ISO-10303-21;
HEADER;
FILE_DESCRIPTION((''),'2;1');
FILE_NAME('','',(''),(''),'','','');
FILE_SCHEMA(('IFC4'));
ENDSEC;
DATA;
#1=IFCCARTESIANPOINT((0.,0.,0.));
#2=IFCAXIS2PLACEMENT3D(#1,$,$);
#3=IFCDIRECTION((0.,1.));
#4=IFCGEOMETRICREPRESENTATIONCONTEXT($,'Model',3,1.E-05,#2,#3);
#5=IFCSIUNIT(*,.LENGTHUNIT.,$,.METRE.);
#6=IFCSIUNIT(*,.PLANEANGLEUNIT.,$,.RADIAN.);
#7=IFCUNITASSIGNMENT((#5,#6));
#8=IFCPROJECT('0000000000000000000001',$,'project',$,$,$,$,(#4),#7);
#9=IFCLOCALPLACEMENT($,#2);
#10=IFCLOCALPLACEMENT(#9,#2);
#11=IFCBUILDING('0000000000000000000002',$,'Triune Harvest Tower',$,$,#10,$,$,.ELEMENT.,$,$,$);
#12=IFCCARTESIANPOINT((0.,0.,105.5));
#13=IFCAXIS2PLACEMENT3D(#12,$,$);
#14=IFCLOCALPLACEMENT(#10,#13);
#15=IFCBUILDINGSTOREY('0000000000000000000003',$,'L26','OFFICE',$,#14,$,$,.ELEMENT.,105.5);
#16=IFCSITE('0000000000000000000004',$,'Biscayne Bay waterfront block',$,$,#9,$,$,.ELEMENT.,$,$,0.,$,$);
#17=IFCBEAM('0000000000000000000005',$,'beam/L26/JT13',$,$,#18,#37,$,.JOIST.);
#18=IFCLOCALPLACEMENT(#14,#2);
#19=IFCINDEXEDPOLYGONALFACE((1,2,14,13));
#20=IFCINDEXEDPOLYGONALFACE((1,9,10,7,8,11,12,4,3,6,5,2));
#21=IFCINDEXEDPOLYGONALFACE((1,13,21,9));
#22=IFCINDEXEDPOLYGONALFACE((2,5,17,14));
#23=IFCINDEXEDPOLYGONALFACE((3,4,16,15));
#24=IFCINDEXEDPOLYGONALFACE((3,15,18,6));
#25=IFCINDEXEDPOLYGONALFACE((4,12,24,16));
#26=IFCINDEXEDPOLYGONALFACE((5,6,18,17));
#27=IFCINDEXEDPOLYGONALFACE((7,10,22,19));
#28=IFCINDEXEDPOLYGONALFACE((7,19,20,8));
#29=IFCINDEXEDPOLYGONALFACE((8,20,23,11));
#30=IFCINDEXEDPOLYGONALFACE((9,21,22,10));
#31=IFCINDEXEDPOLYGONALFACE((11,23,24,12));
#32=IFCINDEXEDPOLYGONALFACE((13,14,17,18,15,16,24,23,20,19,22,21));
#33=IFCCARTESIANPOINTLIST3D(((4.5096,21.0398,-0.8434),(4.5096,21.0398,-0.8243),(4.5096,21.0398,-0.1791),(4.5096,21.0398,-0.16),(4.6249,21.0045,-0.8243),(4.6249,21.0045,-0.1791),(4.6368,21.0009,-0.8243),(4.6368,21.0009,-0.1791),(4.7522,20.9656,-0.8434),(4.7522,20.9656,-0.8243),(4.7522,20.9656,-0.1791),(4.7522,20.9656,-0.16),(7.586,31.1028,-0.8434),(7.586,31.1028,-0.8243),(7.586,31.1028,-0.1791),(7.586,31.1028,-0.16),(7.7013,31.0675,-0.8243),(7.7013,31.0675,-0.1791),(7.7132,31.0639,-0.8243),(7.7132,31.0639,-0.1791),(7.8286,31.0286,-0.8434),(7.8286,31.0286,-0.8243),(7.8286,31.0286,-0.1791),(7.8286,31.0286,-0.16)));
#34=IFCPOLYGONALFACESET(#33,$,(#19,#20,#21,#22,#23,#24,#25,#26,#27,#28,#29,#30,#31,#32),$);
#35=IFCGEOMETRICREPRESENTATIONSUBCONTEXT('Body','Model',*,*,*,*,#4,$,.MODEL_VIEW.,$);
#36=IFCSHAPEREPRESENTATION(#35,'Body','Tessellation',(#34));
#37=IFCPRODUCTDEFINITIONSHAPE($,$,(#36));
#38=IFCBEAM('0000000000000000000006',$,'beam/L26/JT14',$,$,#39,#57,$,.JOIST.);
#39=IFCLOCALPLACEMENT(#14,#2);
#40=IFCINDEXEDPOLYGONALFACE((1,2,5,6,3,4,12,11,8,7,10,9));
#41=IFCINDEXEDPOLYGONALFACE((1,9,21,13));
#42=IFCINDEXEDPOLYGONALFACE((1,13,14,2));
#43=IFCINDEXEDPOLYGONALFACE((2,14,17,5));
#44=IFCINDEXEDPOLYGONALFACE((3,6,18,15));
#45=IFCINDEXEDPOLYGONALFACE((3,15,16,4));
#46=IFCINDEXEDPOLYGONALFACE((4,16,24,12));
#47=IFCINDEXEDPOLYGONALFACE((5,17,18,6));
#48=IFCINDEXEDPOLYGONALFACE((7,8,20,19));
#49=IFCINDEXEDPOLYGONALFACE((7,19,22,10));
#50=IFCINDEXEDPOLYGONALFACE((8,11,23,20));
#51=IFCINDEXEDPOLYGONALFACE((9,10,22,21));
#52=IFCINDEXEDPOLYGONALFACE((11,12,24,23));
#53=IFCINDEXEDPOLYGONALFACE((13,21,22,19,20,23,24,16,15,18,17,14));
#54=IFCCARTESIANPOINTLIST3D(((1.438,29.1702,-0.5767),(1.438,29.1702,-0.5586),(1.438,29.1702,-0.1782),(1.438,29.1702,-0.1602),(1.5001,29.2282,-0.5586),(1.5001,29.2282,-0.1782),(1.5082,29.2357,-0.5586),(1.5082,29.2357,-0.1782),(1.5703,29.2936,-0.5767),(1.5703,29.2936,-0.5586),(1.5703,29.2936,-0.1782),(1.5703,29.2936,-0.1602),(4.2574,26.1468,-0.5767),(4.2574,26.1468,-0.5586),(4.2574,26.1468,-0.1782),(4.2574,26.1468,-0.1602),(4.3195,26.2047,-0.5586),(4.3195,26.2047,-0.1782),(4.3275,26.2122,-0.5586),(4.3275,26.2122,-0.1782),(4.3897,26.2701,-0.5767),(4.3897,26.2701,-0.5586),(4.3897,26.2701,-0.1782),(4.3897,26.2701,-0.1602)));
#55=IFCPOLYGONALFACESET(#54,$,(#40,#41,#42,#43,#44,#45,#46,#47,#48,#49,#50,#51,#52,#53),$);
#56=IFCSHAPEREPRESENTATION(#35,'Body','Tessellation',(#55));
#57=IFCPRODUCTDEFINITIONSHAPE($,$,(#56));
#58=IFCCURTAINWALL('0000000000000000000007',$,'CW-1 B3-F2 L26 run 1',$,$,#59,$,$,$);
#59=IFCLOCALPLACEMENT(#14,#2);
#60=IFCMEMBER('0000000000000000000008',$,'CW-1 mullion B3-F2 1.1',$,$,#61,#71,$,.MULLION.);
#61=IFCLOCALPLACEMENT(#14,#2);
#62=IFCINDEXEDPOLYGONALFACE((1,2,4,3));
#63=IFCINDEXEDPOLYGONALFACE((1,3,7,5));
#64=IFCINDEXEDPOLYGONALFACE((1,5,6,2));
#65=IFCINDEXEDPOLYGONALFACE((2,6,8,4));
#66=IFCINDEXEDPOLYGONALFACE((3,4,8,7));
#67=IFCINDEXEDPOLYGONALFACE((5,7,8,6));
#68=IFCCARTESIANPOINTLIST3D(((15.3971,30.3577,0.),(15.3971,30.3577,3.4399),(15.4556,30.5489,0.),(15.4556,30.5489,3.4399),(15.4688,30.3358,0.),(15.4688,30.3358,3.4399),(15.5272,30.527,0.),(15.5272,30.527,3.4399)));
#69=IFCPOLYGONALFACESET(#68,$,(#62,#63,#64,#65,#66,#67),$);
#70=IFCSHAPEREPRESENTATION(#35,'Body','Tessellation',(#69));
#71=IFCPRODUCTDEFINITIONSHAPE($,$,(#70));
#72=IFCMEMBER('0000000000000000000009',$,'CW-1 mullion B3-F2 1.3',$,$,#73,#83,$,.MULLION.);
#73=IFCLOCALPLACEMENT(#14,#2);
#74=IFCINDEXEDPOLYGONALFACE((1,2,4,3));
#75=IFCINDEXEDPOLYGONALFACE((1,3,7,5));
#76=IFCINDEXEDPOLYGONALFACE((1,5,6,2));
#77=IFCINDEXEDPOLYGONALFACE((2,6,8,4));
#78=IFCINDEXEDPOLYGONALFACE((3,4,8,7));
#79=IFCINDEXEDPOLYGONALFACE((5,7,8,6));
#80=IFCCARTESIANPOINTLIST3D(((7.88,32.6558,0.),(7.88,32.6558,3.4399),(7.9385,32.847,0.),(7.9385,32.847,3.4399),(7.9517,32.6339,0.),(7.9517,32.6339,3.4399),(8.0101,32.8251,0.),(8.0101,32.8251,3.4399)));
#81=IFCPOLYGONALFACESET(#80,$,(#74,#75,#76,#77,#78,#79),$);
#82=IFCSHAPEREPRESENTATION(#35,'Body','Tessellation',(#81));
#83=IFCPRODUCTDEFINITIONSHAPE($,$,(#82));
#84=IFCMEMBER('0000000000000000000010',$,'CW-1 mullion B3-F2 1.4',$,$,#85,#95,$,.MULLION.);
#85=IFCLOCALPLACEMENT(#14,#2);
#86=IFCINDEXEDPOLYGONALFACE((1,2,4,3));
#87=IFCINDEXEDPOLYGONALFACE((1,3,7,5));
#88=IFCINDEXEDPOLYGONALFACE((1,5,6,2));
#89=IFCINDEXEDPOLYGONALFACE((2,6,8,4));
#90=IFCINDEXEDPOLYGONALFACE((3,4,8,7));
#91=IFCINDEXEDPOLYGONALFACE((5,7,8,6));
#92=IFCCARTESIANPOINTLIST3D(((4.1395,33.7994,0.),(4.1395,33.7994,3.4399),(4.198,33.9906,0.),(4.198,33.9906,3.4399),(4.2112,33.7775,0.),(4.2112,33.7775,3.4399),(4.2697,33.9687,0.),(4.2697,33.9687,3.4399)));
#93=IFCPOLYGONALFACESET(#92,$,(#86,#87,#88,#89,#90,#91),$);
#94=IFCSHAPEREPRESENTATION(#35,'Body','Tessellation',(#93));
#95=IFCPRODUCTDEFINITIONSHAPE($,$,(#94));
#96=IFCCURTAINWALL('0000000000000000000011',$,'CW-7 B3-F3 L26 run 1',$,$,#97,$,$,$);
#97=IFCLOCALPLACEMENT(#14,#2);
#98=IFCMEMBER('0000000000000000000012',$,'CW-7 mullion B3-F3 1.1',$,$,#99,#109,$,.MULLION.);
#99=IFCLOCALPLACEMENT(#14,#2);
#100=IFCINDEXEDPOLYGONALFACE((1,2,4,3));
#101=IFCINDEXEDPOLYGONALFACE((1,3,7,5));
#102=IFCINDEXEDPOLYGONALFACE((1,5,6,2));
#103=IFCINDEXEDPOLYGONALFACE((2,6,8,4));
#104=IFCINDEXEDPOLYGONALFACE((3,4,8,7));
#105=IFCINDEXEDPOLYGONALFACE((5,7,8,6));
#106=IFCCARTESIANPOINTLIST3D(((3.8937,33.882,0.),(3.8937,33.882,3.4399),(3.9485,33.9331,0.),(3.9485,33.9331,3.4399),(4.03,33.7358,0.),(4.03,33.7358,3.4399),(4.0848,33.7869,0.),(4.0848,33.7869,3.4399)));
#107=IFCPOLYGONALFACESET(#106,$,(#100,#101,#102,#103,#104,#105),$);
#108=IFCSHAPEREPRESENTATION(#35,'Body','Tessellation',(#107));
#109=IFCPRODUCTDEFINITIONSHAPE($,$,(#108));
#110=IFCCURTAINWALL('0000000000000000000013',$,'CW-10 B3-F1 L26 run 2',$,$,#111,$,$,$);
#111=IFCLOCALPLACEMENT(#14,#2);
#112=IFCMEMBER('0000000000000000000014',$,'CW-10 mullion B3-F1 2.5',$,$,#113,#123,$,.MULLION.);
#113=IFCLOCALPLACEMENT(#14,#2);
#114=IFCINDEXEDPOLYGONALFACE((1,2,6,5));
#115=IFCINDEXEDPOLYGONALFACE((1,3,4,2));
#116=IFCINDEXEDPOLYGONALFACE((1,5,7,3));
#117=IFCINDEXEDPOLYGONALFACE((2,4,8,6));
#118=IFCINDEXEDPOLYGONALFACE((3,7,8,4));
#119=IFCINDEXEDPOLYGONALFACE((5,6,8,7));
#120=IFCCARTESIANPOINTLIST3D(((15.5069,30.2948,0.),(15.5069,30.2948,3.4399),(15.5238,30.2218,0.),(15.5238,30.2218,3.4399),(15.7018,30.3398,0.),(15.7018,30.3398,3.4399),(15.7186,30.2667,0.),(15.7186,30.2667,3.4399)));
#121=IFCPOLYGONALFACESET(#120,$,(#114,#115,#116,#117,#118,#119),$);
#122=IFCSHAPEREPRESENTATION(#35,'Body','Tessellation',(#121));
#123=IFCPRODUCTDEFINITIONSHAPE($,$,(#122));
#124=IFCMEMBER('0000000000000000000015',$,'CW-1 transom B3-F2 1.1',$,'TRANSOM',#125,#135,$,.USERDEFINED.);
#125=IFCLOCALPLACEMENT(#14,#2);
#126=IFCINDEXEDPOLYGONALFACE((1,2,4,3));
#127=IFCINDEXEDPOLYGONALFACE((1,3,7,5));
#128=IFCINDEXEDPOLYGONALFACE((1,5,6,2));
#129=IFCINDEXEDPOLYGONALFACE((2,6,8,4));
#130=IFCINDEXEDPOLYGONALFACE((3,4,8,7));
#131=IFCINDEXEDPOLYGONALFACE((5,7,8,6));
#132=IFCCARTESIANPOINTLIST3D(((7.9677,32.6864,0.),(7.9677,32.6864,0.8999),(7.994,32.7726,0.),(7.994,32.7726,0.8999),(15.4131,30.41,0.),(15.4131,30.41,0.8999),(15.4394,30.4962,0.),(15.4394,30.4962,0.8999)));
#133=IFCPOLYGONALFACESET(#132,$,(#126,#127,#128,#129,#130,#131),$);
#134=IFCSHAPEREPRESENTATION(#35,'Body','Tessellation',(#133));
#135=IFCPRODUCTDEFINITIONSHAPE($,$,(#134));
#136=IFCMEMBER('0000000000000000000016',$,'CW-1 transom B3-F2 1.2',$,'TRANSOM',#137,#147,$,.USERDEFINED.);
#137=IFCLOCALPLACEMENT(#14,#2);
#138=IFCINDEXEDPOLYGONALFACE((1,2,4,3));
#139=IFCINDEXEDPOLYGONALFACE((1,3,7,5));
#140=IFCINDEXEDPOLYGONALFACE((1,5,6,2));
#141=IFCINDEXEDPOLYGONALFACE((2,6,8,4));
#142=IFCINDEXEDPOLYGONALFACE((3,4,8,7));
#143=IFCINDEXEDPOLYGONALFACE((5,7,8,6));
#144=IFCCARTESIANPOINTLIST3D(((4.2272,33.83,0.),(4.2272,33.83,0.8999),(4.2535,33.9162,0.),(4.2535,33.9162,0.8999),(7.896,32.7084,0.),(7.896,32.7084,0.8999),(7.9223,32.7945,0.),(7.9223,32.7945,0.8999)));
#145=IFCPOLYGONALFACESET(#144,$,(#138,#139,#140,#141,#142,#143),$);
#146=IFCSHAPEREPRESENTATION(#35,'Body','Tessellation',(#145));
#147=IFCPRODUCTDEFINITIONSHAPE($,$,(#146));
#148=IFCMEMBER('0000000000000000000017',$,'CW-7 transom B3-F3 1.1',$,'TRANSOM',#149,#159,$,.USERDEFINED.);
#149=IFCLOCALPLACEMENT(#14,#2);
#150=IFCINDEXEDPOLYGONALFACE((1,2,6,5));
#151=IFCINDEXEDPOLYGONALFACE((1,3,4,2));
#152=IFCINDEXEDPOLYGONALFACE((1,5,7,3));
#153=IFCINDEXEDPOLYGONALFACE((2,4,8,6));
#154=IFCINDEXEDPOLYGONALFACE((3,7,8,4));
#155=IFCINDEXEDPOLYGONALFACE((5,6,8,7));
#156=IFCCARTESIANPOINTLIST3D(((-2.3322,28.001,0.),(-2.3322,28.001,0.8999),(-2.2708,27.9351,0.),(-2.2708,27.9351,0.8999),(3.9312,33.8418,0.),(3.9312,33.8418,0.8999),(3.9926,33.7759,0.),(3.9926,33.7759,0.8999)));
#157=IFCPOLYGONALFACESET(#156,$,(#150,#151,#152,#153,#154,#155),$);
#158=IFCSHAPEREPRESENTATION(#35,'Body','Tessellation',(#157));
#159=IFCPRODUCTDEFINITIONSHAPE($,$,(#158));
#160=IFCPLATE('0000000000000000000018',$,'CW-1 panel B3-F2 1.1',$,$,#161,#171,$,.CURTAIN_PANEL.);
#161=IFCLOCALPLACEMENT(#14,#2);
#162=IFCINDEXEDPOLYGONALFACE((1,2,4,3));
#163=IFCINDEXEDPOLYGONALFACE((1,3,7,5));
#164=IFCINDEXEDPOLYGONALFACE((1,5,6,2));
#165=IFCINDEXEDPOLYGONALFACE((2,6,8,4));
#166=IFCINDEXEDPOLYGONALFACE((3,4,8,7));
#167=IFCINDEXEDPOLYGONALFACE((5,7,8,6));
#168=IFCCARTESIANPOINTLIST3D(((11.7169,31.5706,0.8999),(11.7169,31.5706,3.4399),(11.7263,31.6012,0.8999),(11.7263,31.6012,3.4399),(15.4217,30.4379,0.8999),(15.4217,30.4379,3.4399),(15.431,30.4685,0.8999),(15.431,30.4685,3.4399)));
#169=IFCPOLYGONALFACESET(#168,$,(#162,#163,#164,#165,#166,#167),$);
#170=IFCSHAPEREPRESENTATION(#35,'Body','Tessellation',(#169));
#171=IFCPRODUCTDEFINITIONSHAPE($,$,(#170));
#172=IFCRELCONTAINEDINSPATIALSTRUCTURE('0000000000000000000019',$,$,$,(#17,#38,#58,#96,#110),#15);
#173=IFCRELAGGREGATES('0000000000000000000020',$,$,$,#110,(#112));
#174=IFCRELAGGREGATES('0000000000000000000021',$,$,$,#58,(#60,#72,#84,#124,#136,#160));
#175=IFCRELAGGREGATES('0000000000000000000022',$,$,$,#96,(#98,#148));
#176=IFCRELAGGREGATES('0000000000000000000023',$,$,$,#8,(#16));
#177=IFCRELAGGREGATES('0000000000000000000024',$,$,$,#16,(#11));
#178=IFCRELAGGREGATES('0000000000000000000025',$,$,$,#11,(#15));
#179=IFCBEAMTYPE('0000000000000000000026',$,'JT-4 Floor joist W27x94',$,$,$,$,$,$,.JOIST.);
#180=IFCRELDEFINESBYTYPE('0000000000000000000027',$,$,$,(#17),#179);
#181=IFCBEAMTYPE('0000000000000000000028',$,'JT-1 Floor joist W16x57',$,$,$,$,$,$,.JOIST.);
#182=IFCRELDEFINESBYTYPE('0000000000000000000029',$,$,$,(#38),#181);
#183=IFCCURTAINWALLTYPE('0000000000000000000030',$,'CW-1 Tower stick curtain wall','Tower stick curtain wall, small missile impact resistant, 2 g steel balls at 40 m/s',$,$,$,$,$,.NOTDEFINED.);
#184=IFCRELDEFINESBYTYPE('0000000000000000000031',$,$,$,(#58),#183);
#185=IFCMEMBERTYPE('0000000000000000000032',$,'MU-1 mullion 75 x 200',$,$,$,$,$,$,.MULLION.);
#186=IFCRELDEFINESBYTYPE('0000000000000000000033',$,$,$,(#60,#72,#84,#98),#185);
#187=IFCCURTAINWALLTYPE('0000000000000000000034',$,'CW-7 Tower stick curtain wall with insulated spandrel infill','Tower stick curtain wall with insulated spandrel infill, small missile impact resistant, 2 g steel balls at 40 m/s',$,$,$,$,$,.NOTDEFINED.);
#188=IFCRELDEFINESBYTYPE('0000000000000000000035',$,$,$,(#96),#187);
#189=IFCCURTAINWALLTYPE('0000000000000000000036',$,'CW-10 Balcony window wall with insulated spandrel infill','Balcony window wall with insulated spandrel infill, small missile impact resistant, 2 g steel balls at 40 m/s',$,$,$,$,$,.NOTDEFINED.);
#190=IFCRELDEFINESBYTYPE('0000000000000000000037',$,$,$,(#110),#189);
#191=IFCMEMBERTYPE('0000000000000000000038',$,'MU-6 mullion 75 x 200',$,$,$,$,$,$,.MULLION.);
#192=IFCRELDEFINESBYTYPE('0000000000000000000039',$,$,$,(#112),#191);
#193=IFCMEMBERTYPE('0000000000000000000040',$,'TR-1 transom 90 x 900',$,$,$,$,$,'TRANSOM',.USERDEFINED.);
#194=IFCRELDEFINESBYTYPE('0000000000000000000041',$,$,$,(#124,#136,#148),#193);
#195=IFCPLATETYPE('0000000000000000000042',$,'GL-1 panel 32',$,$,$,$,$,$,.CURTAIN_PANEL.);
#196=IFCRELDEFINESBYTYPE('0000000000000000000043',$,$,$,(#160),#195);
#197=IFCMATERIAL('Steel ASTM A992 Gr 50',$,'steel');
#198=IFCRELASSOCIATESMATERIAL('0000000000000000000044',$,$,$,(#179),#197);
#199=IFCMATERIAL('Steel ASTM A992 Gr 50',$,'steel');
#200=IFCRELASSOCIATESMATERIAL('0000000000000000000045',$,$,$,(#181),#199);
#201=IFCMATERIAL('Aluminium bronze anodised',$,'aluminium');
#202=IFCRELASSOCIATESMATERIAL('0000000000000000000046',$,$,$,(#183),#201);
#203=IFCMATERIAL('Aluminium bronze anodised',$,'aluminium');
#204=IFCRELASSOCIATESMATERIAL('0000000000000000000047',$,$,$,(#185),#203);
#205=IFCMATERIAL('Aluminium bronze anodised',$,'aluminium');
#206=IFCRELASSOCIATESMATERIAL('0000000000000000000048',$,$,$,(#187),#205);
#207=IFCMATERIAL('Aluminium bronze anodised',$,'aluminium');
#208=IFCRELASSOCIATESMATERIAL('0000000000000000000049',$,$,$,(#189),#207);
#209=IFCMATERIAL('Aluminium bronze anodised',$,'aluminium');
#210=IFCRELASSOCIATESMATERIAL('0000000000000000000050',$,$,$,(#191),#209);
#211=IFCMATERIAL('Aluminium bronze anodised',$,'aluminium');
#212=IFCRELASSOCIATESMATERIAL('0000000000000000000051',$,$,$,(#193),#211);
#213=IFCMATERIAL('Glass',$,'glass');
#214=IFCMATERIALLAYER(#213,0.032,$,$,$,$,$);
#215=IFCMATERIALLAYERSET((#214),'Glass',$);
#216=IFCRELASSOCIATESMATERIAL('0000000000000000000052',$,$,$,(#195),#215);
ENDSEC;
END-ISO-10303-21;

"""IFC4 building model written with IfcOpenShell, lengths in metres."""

from ifc_helpers import new_model, si_unit, direction, frame, origin, origin_2d, place, context, subcontext, project, spatial, rectangle, i_section, extrude, source, transform, mapped, material, layer, layer_set, material_profile, profile_set, type_object, element, aggregate, save


model = new_model("IFC4")

# Units and contexts
model_context = context("Model", 3, precision=1e-05, world=origin(), true_north=direction((0.0, 1.0)))
body_context = subcontext(model_context, "Body", "Model", "MODEL_VIEW")
ifc_project = project(units=[si_unit("LENGTHUNIT", "METRE"), si_unit("PLANEANGLEUNIT", "RADIAN")], contexts=[model_context])

# Site, building, storey
site_placement = place(None, origin())
site = spatial("IfcSite", under=ifc_project, at=site_placement, Name="Biscayne Bay waterfront block", CompositionType="ELEMENT", RefElevation=0.0)
building_placement = place(site_placement, origin())
building = spatial("IfcBuilding", under=site, at=building_placement, Name="Triune Harvest Tower", CompositionType="ELEMENT")
storey_placement = place(building_placement, frame((0.0, 0.0, 105.5)))
storey = spatial("IfcBuildingStorey", under=building, at=storey_placement, Name="L26", Description="OFFICE", CompositionType="ELEMENT", Elevation=105.5)

# Beams
ifc_material_1 = material(Name="Steel ASTM A992 Gr 50", Category="steel")
ifc_material_profile_1 = material_profile(ifc_material_1, i_section(OverallWidth=0.2537, OverallDepth=0.6833, WebThickness=0.0125, FlangeThickness=0.019, at=origin_2d()), Name="W27x94")
ifc_profile_set_1 = profile_set([ifc_material_profile_1], Name="Steel ASTM A992 Gr 50")
beam_type_1 = type_object("IfcBeamType", Name="JT-4 Floor joist W27x94", PredefinedType="JOIST", material=ifc_profile_set_1)
shared_shape_1 = source(origin(), body_context, "Body", "SweptSolid", [
    extrude(i_section(OverallWidth=0.2537, OverallDepth=0.6833, WebThickness=0.0125, FlangeThickness=0.019, at=origin_2d()), origin(), (0.0, 0.0, 1.0), 10.5227),
])
beam_1_placement = place(storey_placement, frame((7.7073, 31.0657, -0.5017), z_axis=(-0.292359, -0.956309, 0.0), x_axis=(0.956309, -0.292359, 0.0)))
element("IfcBeam", 1, at=beam_1_placement, inside=storey, type_object=beam_type_1, Name="beam/L26/JT13", PredefinedType="JOIST", context=body_context, shape_type="MappedRepresentation", body=[
    mapped(shared_shape_1, transform((0.0, 0.0, 0.0), scale=1.0)),
])
ifc_material_2 = material(Name="Steel ASTM A992 Gr 50", Category="steel")
ifc_material_profile_2 = material_profile(ifc_material_2, i_section(OverallWidth=0.1809, OverallDepth=0.4165, WebThickness=0.011, FlangeThickness=0.0181, at=origin_2d()), Name="W16x57")
ifc_profile_set_2 = profile_set([ifc_material_profile_2], Name="Steel ASTM A992 Gr 50")
beam_type_2 = type_object("IfcBeamType", Name="JT-1 Floor joist W16x57", PredefinedType="JOIST", material=ifc_profile_set_2)
shared_shape_2 = source(origin(), body_context, "Body", "SweptSolid", [
    extrude(i_section(OverallWidth=0.1809, OverallDepth=0.4165, WebThickness=0.011, FlangeThickness=0.0181, at=origin_2d()), origin(), (0.0, 0.0, 1.0), 4.134),
])
beam_2_placement = place(storey_placement, frame((1.5042, 29.2319, -0.3684), z_axis=(0.68199, -0.731362, 0.0), x_axis=(0.731362, 0.68199, 0.0)))
element("IfcBeam", 2, at=beam_2_placement, inside=storey, type_object=beam_type_2, Name="beam/L26/JT14", PredefinedType="JOIST", context=body_context, shape_type="MappedRepresentation", body=[
    mapped(shared_shape_2, transform((0.0, 0.0, 0.0), scale=1.0)),
])

# Curtain wall, members
ifc_material_3 = material(Name="Aluminium bronze anodised", Category="aluminium")
curtain_wall_type_1 = type_object("IfcCurtainWallType", Name="CW-1 Tower stick curtain wall", Description="Tower stick curtain wall, small missile impact resistant, 2 g steel balls at 40 m/s", PredefinedType="NOTDEFINED", material=ifc_material_3)
curtain_wall_1_placement = place(storey_placement, origin())
curtain_wall_1 = element("IfcCurtainWall", 3, at=curtain_wall_1_placement, inside=storey, type_object=curtain_wall_type_1, Name="CW-1 B3-F2 L26 run 1")
ifc_material_4 = material(Name="Aluminium bronze anodised", Category="aluminium")
ifc_material_profile_3 = material_profile(ifc_material_4, rectangle(XDim=0.2, YDim=0.075, at=origin_2d()), Name="MU-1 mullion 75 x 200")
ifc_profile_set_3 = profile_set([ifc_material_profile_3], Name="Aluminium bronze anodised")
member_type_1 = type_object("IfcMemberType", Name="MU-1 mullion 75 x 200", PredefinedType="MULLION", material=ifc_profile_set_3)
shared_shape_3 = source(origin(), body_context, "Body", "SweptSolid", [
    extrude(rectangle(XDim=0.2, YDim=0.075, at=origin_2d()), origin(), (0.0, 0.0, 1.0), 3.4399),
])
member_1_placement = place(storey_placement, frame((15.4622, 30.4424, 0.0), z_axis=(0.0, 0.0, 1.0), x_axis=(-0.292377, -0.956303, 0.0)))
member_1 = element("IfcMember", 4, at=member_1_placement, type_object=member_type_1, Name="CW-1 mullion B3-F2 1.1", PredefinedType="MULLION", context=body_context, shape_type="MappedRepresentation", body=[
    mapped(shared_shape_3, transform((0.0, 0.0, 0.0), scale=1.0)),
])
member_2_placement = place(storey_placement, frame((7.9451, 32.7405, 0.0), z_axis=(0.0, 0.0, 1.0), x_axis=(-0.292377, -0.956303, 0.0)))
member_2 = element("IfcMember", 5, at=member_2_placement, type_object=member_type_1, Name="CW-1 mullion B3-F2 1.3", PredefinedType="MULLION", context=body_context, shape_type="MappedRepresentation", body=[
    mapped(shared_shape_3, transform((0.0, 0.0, 0.0), scale=1.0)),
])
member_3_placement = place(storey_placement, frame((4.2046, 33.884, 0.0), z_axis=(0.0, 0.0, 1.0), x_axis=(-0.292377, -0.956303, 0.0)))
member_3 = element("IfcMember", 6, at=member_3_placement, type_object=member_type_1, Name="CW-1 mullion B3-F2 1.4", PredefinedType="MULLION", context=body_context, shape_type="MappedRepresentation", body=[
    mapped(shared_shape_3, transform((0.0, 0.0, 0.0), scale=1.0)),
])

# Curtain walls, members
ifc_material_5 = material(Name="Aluminium bronze anodised", Category="aluminium")
curtain_wall_type_2 = type_object("IfcCurtainWallType", Name="CW-7 Tower stick curtain wall with insulated spandrel infill", Description="Tower stick curtain wall with insulated spandrel infill, small missile impact resistant, 2 g steel balls at 40 m/s", PredefinedType="NOTDEFINED", material=ifc_material_5)
curtain_wall_2_placement = place(storey_placement, origin())
curtain_wall_2 = element("IfcCurtainWall", 7, at=curtain_wall_2_placement, inside=storey, type_object=curtain_wall_type_2, Name="CW-7 B3-F3 L26 run 1")
member_4_placement = place(storey_placement, frame((3.9893, 33.8345, 0.0), z_axis=(0.0, 0.0, 1.0), x_axis=(0.681999, -0.731353, 0.0)))
member_4 = element("IfcMember", 8, at=member_4_placement, type_object=member_type_1, Name="CW-7 mullion B3-F3 1.1", PredefinedType="MULLION", context=body_context, shape_type="MappedRepresentation", body=[
    mapped(shared_shape_3, transform((0.0, 0.0, 0.0), scale=1.0)),
])
ifc_material_6 = material(Name="Aluminium bronze anodised", Category="aluminium")
curtain_wall_type_3 = type_object("IfcCurtainWallType", Name="CW-10 Balcony window wall with insulated spandrel infill", Description="Balcony window wall with insulated spandrel infill, small missile impact resistant, 2 g steel balls at 40 m/s", PredefinedType="NOTDEFINED", material=ifc_material_6)
curtain_wall_3_placement = place(storey_placement, origin())
curtain_wall_3 = element("IfcCurtainWall", 9, at=curtain_wall_3_placement, inside=storey, type_object=curtain_wall_type_3, Name="CW-10 B3-F1 L26 run 2")
ifc_material_7 = material(Name="Aluminium bronze anodised", Category="aluminium")
ifc_material_profile_4 = material_profile(ifc_material_7, rectangle(XDim=0.2, YDim=0.075, at=origin_2d()), Name="MU-6 mullion 75 x 200")
ifc_profile_set_4 = profile_set([ifc_material_profile_4], Name="Aluminium bronze anodised")
member_type_2 = type_object("IfcMemberType", Name="MU-6 mullion 75 x 200", PredefinedType="MULLION", material=ifc_profile_set_4)
shared_shape_4 = source(origin(), body_context, "Body", "SweptSolid", [
    extrude(rectangle(XDim=0.2, YDim=0.075, at=origin_2d()), origin(), (0.0, 0.0, 1.0), 3.4399),
])
member_5_placement = place(storey_placement, frame((15.6128, 30.2808, 0.0), z_axis=(0.0, 0.0, 1.0), x_axis=(-0.97437, -0.224951, 0.0)))
member_5 = element("IfcMember", 10, at=member_5_placement, type_object=member_type_2, Name="CW-10 mullion B3-F1 2.5", PredefinedType="MULLION", context=body_context, shape_type="MappedRepresentation", body=[
    mapped(shared_shape_4, transform((0.0, 0.0, 0.0), scale=1.0)),
])
aggregate(curtain_wall_3, [member_5])

# Members
ifc_material_8 = material(Name="Aluminium bronze anodised", Category="aluminium")
ifc_material_profile_5 = material_profile(ifc_material_8, rectangle(XDim=0.0901, YDim=0.8999, at=origin_2d()), Name="TR-1 transom 90 x 900")
ifc_profile_set_5 = profile_set([ifc_material_profile_5], Name="Aluminium bronze anodised")
member_type_3 = type_object("IfcMemberType", Name="TR-1 transom 90 x 900", ElementType="TRANSOM", PredefinedType="USERDEFINED", material=ifc_profile_set_5)
shared_shape_5 = source(origin(), body_context, "Body", "SweptSolid", [
    extrude(rectangle(XDim=0.0901, YDim=0.8999, at=origin_2d()), origin(), (0.0, 0.0, 1.0), 7.7856),
])
member_6_placement = place(storey_placement, frame((15.4263, 30.4531, 0.45), z_axis=(-0.956301, 0.292384, 0.0), x_axis=(-0.292384, -0.956301, 0.0)))
member_6 = element("IfcMember", 11, at=member_6_placement, type_object=member_type_3, Name="CW-1 transom B3-F2 1.1", ObjectType="TRANSOM", PredefinedType="USERDEFINED", context=body_context, shape_type="MappedRepresentation", body=[
    mapped(shared_shape_5, transform((0.0, 0.0, 0.0), scale=1.0)),
])
shared_shape_6 = source(origin(), body_context, "Body", "SweptSolid", [
    extrude(rectangle(XDim=0.0901, YDim=0.8999, at=origin_2d()), origin(), (0.0, 0.0, 1.0), 3.8364),
])
member_7_placement = place(storey_placement, frame((7.9092, 32.7515, 0.45), z_axis=(-0.956309, 0.292359, 0.0), x_axis=(-0.292359, -0.956309, 0.0)))
member_7 = element("IfcMember", 12, at=member_7_placement, type_object=member_type_3, Name="CW-1 transom B3-F2 1.2", ObjectType="TRANSOM", PredefinedType="USERDEFINED", context=body_context, shape_type="MappedRepresentation", body=[
    mapped(shared_shape_6, transform((0.0, 0.0, 0.0), scale=1.0)),
])
shared_shape_7 = source(origin(), body_context, "Body", "SweptSolid", [
    extrude(rectangle(XDim=0.0901, YDim=0.8999, at=origin_2d()), origin(), (0.0, 0.0, 1.0), 8.5642),
])
member_8_placement = place(storey_placement, frame((3.9619, 33.8088, 0.45), z_axis=(-0.731349, -0.682003, 0.0), x_axis=(0.682003, -0.731349, 0.0)))
member_8 = element("IfcMember", 13, at=member_8_placement, type_object=member_type_3, Name="CW-7 transom B3-F3 1.1", ObjectType="TRANSOM", PredefinedType="USERDEFINED", context=body_context, shape_type="MappedRepresentation", body=[
    mapped(shared_shape_7, transform((0.0, 0.0, 0.0), scale=1.0)),
])

# Plate
ifc_material_9 = material(Name="Glass", Category="glass")
ifc_layer_1 = layer(ifc_material_9, 0.032)
ifc_layer_set_1 = layer_set([ifc_layer_1], Name="Glass")
plate_type_1 = type_object("IfcPlateType", Name="GL-1 panel 32", PredefinedType="CURTAIN_PANEL", material=ifc_layer_set_1)
shared_shape_8 = source(origin(), body_context, "Body", "SweptSolid", [
    extrude(rectangle(XDim=3.874, YDim=0.032, at=origin_2d()), origin(), (0.0, 0.0, 1.0), 2.54),
])
plate_1_placement = place(storey_placement, frame((13.574, 31.0195, 0.8999), z_axis=(0.0, 0.0, 1.0), x_axis=(-0.956303, 0.292377, 0.0)))
plate_1 = element("IfcPlate", 14, at=plate_1_placement, type_object=plate_type_1, Name="CW-1 panel B3-F2 1.1", PredefinedType="CURTAIN_PANEL", context=body_context, shape_type="MappedRepresentation", body=[
    mapped(shared_shape_8, transform((0.0, 0.0, 0.0), scale=1.0)),
])
aggregate(curtain_wall_1, [member_1, member_2, member_3, member_6, member_7, plate_1])
aggregate(curtain_wall_2, [member_4, member_8])

save(model, "model.ifc")
